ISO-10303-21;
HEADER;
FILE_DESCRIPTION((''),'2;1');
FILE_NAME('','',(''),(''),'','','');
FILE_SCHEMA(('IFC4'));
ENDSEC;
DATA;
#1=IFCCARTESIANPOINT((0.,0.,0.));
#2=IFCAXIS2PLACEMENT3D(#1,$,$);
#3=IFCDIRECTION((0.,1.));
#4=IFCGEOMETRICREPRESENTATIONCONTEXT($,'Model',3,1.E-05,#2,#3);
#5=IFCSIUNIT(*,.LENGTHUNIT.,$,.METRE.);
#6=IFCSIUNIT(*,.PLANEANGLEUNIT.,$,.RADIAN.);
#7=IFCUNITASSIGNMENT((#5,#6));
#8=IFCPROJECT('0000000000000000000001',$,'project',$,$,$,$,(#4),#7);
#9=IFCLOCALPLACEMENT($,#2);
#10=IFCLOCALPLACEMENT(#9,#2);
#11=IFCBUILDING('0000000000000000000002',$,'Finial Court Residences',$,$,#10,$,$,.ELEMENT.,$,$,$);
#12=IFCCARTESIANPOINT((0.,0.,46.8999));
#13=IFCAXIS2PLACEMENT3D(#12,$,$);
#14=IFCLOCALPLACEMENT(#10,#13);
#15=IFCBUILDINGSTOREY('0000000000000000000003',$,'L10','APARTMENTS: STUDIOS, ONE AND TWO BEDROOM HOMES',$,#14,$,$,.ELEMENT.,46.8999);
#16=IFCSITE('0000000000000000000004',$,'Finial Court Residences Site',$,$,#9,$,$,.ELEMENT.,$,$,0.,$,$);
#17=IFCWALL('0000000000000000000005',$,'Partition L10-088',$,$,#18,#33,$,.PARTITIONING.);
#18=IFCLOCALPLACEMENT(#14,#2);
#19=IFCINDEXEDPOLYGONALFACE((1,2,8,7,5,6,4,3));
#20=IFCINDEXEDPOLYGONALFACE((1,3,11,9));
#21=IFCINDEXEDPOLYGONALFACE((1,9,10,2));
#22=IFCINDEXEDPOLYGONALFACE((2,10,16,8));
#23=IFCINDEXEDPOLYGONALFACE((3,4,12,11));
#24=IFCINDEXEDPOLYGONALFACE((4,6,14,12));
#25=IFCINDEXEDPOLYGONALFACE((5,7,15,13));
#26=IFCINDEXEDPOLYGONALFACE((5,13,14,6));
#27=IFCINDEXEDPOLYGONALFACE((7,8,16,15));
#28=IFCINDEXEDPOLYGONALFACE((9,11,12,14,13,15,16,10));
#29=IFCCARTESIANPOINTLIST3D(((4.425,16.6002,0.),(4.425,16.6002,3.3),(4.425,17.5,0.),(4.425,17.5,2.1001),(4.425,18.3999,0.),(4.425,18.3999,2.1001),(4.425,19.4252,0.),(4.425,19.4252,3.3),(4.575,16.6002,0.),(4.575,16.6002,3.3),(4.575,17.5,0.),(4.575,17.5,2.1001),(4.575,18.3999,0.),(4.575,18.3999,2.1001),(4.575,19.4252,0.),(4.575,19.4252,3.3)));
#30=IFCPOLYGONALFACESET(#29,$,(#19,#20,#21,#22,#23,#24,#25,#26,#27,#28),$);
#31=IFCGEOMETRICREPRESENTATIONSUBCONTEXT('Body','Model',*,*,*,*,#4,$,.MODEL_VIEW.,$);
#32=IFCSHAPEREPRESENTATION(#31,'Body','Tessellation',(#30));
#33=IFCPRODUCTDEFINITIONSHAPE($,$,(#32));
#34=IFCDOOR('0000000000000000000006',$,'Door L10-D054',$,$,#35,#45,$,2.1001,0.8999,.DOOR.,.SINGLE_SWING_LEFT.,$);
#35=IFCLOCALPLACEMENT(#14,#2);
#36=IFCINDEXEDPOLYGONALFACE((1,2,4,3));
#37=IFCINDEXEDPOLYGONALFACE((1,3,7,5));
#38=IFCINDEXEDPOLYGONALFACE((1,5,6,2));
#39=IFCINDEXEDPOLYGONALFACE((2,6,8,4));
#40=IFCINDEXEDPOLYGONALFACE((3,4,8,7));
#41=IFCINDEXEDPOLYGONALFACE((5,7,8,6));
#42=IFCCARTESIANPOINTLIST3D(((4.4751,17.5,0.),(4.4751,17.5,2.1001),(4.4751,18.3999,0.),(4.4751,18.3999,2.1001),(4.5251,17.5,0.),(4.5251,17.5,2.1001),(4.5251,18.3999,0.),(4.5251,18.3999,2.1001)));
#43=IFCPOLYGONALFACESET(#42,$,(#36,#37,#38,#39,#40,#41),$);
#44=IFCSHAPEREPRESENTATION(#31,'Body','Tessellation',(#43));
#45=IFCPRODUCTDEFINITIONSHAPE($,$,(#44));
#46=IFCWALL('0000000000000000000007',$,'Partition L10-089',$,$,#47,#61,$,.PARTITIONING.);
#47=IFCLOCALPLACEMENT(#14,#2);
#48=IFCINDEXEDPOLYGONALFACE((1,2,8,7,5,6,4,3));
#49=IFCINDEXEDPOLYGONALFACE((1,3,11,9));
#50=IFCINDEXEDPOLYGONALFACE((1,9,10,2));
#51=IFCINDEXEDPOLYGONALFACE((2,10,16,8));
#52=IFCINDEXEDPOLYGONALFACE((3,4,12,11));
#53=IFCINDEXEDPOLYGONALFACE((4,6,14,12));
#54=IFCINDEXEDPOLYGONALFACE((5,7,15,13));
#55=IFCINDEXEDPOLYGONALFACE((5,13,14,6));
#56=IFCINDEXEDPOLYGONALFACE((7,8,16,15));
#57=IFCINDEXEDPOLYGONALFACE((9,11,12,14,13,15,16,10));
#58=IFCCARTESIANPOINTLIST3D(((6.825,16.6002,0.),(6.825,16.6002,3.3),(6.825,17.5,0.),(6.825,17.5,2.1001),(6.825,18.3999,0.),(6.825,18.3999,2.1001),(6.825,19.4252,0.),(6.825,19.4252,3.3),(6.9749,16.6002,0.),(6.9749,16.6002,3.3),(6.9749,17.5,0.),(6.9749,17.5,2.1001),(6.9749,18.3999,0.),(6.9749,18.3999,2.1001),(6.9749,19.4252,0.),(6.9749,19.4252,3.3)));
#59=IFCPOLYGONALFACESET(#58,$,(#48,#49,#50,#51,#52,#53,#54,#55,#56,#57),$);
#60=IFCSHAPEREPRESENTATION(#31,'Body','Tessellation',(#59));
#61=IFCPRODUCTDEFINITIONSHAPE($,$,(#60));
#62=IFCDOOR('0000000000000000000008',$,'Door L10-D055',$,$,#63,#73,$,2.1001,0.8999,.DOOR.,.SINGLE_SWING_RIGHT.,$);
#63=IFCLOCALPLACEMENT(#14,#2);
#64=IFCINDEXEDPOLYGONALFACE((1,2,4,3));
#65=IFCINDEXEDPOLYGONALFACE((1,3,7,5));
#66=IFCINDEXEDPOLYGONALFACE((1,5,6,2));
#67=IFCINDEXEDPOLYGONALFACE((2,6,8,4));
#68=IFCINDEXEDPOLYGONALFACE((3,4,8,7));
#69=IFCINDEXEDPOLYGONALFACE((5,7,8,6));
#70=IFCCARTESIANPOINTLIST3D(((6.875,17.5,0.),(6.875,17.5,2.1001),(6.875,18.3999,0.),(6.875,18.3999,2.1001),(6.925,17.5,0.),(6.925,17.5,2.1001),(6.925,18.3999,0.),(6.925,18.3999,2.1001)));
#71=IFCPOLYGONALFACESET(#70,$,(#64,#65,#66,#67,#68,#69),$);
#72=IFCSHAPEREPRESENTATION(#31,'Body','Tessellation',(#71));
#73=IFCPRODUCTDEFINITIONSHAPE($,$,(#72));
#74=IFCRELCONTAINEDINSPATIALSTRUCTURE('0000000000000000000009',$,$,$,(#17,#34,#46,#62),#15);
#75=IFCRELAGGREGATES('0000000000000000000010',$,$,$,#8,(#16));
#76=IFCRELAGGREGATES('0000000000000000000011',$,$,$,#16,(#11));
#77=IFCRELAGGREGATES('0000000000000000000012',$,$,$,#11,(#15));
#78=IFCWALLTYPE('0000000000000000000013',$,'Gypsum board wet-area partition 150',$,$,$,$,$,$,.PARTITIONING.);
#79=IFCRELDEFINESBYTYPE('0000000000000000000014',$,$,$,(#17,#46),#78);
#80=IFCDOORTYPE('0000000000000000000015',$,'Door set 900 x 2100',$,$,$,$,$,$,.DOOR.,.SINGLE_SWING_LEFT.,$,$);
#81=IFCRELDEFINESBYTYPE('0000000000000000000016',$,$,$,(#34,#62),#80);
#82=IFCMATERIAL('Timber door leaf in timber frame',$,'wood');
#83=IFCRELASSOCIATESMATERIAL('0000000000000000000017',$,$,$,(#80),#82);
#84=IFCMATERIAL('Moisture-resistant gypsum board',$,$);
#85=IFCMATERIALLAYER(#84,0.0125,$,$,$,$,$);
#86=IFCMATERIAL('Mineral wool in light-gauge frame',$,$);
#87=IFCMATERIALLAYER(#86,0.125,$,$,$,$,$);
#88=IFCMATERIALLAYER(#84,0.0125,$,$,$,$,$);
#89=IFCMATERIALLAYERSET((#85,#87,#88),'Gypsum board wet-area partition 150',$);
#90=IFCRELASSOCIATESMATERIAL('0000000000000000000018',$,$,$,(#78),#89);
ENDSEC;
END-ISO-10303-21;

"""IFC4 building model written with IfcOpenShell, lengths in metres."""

from ifc_helpers import new_model, si_unit, direction, frame, frame_2d, origin, place, context, subcontext, project, spatial, rectangle, extrude, material, layer, layer_set, type_object, element, fill, save


model = new_model("IFC4")

# Units and contexts
model_context = context("Model", 3, precision=1e-05, world=origin(), true_north=direction((0.0, 1.0)))
body_context = subcontext(model_context, "Body", "Model", "MODEL_VIEW")
ifc_project = project(units=[si_unit("LENGTHUNIT", "METRE"), si_unit("PLANEANGLEUNIT", "RADIAN")], contexts=[model_context])

# Site, building, storey
site_placement = place(None, origin())
site = spatial("IfcSite", under=ifc_project, at=site_placement, Name="Finial Court Residences Site", CompositionType="ELEMENT", RefElevation=0.0)
building_placement = place(site_placement, origin())
building = spatial("IfcBuilding", under=site, at=building_placement, Name="Finial Court Residences", CompositionType="ELEMENT")
storey_placement = place(building_placement, frame((0.0, 0.0, 46.8999)))
storey = spatial("IfcBuildingStorey", under=building, at=storey_placement, Name="L10", Description="APARTMENTS: STUDIOS, ONE AND TWO BEDROOM HOMES", CompositionType="ELEMENT", Elevation=46.8999)

# Shared definitions
ifc_material_1 = material(Name="Mineral wool in light-gauge frame")

# Shared definitions
ifc_material_2 = material(Name="Timber door leaf in timber frame", Category="wood")
door_type = type_object("IfcDoorType", Name="Door set 900 x 2100", OperationType="SINGLE_SWING_LEFT", PredefinedType="DOOR", material=ifc_material_2)

# Shared definitions
ifc_material_3 = material(Name="Moisture-resistant gypsum board")
ifc_layer_1 = layer(ifc_material_3, 0.0125)
ifc_layer_2 = layer(ifc_material_1, 0.125)
ifc_layer_3 = layer(ifc_material_3, 0.0125)
ifc_layer_set_1 = layer_set([ifc_layer_1, ifc_layer_2, ifc_layer_3], Name="Gypsum board wet-area partition 150")
wall_type_1 = type_object("IfcWallType", Name="Gypsum board wet-area partition 150", PredefinedType="PARTITIONING", material=ifc_layer_set_1)

# Walls, openings, doors
wall_1_placement = place(storey_placement, frame((4.5, 16.6001, 0.0), z_axis=(0.0, 0.0, 1.0), x_axis=(0.0, 1.0, 0.0)))
wall_1 = element("IfcWall", 1, at=wall_1_placement, inside=storey, type_object=wall_type_1, Name="Partition L10-088", PredefinedType="PARTITIONING", context=body_context, shape_type="SweptSolid", body=[
    extrude(rectangle(XDim=2.825, YDim=0.1499, at=frame_2d((1.4126, 0.0))), origin(), (0.0, 0.0, 1.0), 3.3),
])
opening_1_placement = place(wall_1_placement, frame((0.8999, 0.0, 0.0)))
opening_1 = element("IfcOpeningElement", 2, at=opening_1_placement, cuts=wall_1, PredefinedType="OPENING", context=body_context, shape_type="SweptSolid", body=[
    extrude(rectangle(XDim=0.8999, YDim=2.1001, at=frame_2d((0.45, 1.05))), frame((0.0, 0.085, 0.0), z_axis=(0.0, -1.0, 0.0), x_axis=(1.0, 0.0, 0.0)), (0.0, 0.0, 1.0), 0.1699),
])
door_1_placement = place(opening_1_placement, origin())
door_1 = element("IfcDoor", 3, at=door_1_placement, inside=storey, type_object=door_type, Name="Door L10-D054", OperationType="SINGLE_SWING_LEFT", OverallHeight=2.1001, OverallWidth=0.8999, PredefinedType="DOOR", context=body_context, shape_type="SweptSolid", body=[
    extrude(rectangle(XDim=0.8999, YDim=2.1001, at=frame_2d((0.45, 1.05))), frame((0.0, 0.0249, 0.0), z_axis=(0.0, -1.0, 0.0), x_axis=(1.0, 0.0, 0.0)), (0.0, 0.0, 1.0), 0.05),
])
fill(opening_1, door_1)
wall_2_placement = place(storey_placement, frame((6.8999, 16.6001, 0.0), z_axis=(0.0, 0.0, 1.0), x_axis=(0.0, 1.0, 0.0)))
wall_2 = element("IfcWall", 4, at=wall_2_placement, inside=storey, type_object=wall_type_1, Name="Partition L10-089", PredefinedType="PARTITIONING", context=body_context, shape_type="SweptSolid", body=[
    extrude(rectangle(XDim=2.825, YDim=0.1499, at=frame_2d((1.4126, 0.0))), origin(), (0.0, 0.0, 1.0), 3.3),
])
opening_2_placement = place(wall_2_placement, frame((0.8999, 0.0, 0.0)))
opening_2 = element("IfcOpeningElement", 5, at=opening_2_placement, cuts=wall_2, PredefinedType="OPENING", context=body_context, shape_type="SweptSolid", body=[
    extrude(rectangle(XDim=0.8999, YDim=2.1001, at=frame_2d((0.45, 1.05))), frame((0.0, 0.085, 0.0), z_axis=(0.0, -1.0, 0.0), x_axis=(1.0, 0.0, 0.0)), (0.0, 0.0, 1.0), 0.1699),
])
door_2_placement = place(opening_2_placement, origin())
door_2 = element("IfcDoor", 6, at=door_2_placement, inside=storey, type_object=door_type, Name="Door L10-D055", OperationType="SINGLE_SWING_RIGHT", OverallHeight=2.1001, OverallWidth=0.8999, PredefinedType="DOOR", context=body_context, shape_type="SweptSolid", body=[
    extrude(rectangle(XDim=0.8999, YDim=2.1001, at=frame_2d((0.45, 1.05))), frame((0.0, 0.0249, 0.0), z_axis=(0.0, -1.0, 0.0), x_axis=(1.0, 0.0, 0.0)), (0.0, 0.0, 1.0), 0.05),
])
fill(opening_2, door_2)

save(model, "model.ifc")
